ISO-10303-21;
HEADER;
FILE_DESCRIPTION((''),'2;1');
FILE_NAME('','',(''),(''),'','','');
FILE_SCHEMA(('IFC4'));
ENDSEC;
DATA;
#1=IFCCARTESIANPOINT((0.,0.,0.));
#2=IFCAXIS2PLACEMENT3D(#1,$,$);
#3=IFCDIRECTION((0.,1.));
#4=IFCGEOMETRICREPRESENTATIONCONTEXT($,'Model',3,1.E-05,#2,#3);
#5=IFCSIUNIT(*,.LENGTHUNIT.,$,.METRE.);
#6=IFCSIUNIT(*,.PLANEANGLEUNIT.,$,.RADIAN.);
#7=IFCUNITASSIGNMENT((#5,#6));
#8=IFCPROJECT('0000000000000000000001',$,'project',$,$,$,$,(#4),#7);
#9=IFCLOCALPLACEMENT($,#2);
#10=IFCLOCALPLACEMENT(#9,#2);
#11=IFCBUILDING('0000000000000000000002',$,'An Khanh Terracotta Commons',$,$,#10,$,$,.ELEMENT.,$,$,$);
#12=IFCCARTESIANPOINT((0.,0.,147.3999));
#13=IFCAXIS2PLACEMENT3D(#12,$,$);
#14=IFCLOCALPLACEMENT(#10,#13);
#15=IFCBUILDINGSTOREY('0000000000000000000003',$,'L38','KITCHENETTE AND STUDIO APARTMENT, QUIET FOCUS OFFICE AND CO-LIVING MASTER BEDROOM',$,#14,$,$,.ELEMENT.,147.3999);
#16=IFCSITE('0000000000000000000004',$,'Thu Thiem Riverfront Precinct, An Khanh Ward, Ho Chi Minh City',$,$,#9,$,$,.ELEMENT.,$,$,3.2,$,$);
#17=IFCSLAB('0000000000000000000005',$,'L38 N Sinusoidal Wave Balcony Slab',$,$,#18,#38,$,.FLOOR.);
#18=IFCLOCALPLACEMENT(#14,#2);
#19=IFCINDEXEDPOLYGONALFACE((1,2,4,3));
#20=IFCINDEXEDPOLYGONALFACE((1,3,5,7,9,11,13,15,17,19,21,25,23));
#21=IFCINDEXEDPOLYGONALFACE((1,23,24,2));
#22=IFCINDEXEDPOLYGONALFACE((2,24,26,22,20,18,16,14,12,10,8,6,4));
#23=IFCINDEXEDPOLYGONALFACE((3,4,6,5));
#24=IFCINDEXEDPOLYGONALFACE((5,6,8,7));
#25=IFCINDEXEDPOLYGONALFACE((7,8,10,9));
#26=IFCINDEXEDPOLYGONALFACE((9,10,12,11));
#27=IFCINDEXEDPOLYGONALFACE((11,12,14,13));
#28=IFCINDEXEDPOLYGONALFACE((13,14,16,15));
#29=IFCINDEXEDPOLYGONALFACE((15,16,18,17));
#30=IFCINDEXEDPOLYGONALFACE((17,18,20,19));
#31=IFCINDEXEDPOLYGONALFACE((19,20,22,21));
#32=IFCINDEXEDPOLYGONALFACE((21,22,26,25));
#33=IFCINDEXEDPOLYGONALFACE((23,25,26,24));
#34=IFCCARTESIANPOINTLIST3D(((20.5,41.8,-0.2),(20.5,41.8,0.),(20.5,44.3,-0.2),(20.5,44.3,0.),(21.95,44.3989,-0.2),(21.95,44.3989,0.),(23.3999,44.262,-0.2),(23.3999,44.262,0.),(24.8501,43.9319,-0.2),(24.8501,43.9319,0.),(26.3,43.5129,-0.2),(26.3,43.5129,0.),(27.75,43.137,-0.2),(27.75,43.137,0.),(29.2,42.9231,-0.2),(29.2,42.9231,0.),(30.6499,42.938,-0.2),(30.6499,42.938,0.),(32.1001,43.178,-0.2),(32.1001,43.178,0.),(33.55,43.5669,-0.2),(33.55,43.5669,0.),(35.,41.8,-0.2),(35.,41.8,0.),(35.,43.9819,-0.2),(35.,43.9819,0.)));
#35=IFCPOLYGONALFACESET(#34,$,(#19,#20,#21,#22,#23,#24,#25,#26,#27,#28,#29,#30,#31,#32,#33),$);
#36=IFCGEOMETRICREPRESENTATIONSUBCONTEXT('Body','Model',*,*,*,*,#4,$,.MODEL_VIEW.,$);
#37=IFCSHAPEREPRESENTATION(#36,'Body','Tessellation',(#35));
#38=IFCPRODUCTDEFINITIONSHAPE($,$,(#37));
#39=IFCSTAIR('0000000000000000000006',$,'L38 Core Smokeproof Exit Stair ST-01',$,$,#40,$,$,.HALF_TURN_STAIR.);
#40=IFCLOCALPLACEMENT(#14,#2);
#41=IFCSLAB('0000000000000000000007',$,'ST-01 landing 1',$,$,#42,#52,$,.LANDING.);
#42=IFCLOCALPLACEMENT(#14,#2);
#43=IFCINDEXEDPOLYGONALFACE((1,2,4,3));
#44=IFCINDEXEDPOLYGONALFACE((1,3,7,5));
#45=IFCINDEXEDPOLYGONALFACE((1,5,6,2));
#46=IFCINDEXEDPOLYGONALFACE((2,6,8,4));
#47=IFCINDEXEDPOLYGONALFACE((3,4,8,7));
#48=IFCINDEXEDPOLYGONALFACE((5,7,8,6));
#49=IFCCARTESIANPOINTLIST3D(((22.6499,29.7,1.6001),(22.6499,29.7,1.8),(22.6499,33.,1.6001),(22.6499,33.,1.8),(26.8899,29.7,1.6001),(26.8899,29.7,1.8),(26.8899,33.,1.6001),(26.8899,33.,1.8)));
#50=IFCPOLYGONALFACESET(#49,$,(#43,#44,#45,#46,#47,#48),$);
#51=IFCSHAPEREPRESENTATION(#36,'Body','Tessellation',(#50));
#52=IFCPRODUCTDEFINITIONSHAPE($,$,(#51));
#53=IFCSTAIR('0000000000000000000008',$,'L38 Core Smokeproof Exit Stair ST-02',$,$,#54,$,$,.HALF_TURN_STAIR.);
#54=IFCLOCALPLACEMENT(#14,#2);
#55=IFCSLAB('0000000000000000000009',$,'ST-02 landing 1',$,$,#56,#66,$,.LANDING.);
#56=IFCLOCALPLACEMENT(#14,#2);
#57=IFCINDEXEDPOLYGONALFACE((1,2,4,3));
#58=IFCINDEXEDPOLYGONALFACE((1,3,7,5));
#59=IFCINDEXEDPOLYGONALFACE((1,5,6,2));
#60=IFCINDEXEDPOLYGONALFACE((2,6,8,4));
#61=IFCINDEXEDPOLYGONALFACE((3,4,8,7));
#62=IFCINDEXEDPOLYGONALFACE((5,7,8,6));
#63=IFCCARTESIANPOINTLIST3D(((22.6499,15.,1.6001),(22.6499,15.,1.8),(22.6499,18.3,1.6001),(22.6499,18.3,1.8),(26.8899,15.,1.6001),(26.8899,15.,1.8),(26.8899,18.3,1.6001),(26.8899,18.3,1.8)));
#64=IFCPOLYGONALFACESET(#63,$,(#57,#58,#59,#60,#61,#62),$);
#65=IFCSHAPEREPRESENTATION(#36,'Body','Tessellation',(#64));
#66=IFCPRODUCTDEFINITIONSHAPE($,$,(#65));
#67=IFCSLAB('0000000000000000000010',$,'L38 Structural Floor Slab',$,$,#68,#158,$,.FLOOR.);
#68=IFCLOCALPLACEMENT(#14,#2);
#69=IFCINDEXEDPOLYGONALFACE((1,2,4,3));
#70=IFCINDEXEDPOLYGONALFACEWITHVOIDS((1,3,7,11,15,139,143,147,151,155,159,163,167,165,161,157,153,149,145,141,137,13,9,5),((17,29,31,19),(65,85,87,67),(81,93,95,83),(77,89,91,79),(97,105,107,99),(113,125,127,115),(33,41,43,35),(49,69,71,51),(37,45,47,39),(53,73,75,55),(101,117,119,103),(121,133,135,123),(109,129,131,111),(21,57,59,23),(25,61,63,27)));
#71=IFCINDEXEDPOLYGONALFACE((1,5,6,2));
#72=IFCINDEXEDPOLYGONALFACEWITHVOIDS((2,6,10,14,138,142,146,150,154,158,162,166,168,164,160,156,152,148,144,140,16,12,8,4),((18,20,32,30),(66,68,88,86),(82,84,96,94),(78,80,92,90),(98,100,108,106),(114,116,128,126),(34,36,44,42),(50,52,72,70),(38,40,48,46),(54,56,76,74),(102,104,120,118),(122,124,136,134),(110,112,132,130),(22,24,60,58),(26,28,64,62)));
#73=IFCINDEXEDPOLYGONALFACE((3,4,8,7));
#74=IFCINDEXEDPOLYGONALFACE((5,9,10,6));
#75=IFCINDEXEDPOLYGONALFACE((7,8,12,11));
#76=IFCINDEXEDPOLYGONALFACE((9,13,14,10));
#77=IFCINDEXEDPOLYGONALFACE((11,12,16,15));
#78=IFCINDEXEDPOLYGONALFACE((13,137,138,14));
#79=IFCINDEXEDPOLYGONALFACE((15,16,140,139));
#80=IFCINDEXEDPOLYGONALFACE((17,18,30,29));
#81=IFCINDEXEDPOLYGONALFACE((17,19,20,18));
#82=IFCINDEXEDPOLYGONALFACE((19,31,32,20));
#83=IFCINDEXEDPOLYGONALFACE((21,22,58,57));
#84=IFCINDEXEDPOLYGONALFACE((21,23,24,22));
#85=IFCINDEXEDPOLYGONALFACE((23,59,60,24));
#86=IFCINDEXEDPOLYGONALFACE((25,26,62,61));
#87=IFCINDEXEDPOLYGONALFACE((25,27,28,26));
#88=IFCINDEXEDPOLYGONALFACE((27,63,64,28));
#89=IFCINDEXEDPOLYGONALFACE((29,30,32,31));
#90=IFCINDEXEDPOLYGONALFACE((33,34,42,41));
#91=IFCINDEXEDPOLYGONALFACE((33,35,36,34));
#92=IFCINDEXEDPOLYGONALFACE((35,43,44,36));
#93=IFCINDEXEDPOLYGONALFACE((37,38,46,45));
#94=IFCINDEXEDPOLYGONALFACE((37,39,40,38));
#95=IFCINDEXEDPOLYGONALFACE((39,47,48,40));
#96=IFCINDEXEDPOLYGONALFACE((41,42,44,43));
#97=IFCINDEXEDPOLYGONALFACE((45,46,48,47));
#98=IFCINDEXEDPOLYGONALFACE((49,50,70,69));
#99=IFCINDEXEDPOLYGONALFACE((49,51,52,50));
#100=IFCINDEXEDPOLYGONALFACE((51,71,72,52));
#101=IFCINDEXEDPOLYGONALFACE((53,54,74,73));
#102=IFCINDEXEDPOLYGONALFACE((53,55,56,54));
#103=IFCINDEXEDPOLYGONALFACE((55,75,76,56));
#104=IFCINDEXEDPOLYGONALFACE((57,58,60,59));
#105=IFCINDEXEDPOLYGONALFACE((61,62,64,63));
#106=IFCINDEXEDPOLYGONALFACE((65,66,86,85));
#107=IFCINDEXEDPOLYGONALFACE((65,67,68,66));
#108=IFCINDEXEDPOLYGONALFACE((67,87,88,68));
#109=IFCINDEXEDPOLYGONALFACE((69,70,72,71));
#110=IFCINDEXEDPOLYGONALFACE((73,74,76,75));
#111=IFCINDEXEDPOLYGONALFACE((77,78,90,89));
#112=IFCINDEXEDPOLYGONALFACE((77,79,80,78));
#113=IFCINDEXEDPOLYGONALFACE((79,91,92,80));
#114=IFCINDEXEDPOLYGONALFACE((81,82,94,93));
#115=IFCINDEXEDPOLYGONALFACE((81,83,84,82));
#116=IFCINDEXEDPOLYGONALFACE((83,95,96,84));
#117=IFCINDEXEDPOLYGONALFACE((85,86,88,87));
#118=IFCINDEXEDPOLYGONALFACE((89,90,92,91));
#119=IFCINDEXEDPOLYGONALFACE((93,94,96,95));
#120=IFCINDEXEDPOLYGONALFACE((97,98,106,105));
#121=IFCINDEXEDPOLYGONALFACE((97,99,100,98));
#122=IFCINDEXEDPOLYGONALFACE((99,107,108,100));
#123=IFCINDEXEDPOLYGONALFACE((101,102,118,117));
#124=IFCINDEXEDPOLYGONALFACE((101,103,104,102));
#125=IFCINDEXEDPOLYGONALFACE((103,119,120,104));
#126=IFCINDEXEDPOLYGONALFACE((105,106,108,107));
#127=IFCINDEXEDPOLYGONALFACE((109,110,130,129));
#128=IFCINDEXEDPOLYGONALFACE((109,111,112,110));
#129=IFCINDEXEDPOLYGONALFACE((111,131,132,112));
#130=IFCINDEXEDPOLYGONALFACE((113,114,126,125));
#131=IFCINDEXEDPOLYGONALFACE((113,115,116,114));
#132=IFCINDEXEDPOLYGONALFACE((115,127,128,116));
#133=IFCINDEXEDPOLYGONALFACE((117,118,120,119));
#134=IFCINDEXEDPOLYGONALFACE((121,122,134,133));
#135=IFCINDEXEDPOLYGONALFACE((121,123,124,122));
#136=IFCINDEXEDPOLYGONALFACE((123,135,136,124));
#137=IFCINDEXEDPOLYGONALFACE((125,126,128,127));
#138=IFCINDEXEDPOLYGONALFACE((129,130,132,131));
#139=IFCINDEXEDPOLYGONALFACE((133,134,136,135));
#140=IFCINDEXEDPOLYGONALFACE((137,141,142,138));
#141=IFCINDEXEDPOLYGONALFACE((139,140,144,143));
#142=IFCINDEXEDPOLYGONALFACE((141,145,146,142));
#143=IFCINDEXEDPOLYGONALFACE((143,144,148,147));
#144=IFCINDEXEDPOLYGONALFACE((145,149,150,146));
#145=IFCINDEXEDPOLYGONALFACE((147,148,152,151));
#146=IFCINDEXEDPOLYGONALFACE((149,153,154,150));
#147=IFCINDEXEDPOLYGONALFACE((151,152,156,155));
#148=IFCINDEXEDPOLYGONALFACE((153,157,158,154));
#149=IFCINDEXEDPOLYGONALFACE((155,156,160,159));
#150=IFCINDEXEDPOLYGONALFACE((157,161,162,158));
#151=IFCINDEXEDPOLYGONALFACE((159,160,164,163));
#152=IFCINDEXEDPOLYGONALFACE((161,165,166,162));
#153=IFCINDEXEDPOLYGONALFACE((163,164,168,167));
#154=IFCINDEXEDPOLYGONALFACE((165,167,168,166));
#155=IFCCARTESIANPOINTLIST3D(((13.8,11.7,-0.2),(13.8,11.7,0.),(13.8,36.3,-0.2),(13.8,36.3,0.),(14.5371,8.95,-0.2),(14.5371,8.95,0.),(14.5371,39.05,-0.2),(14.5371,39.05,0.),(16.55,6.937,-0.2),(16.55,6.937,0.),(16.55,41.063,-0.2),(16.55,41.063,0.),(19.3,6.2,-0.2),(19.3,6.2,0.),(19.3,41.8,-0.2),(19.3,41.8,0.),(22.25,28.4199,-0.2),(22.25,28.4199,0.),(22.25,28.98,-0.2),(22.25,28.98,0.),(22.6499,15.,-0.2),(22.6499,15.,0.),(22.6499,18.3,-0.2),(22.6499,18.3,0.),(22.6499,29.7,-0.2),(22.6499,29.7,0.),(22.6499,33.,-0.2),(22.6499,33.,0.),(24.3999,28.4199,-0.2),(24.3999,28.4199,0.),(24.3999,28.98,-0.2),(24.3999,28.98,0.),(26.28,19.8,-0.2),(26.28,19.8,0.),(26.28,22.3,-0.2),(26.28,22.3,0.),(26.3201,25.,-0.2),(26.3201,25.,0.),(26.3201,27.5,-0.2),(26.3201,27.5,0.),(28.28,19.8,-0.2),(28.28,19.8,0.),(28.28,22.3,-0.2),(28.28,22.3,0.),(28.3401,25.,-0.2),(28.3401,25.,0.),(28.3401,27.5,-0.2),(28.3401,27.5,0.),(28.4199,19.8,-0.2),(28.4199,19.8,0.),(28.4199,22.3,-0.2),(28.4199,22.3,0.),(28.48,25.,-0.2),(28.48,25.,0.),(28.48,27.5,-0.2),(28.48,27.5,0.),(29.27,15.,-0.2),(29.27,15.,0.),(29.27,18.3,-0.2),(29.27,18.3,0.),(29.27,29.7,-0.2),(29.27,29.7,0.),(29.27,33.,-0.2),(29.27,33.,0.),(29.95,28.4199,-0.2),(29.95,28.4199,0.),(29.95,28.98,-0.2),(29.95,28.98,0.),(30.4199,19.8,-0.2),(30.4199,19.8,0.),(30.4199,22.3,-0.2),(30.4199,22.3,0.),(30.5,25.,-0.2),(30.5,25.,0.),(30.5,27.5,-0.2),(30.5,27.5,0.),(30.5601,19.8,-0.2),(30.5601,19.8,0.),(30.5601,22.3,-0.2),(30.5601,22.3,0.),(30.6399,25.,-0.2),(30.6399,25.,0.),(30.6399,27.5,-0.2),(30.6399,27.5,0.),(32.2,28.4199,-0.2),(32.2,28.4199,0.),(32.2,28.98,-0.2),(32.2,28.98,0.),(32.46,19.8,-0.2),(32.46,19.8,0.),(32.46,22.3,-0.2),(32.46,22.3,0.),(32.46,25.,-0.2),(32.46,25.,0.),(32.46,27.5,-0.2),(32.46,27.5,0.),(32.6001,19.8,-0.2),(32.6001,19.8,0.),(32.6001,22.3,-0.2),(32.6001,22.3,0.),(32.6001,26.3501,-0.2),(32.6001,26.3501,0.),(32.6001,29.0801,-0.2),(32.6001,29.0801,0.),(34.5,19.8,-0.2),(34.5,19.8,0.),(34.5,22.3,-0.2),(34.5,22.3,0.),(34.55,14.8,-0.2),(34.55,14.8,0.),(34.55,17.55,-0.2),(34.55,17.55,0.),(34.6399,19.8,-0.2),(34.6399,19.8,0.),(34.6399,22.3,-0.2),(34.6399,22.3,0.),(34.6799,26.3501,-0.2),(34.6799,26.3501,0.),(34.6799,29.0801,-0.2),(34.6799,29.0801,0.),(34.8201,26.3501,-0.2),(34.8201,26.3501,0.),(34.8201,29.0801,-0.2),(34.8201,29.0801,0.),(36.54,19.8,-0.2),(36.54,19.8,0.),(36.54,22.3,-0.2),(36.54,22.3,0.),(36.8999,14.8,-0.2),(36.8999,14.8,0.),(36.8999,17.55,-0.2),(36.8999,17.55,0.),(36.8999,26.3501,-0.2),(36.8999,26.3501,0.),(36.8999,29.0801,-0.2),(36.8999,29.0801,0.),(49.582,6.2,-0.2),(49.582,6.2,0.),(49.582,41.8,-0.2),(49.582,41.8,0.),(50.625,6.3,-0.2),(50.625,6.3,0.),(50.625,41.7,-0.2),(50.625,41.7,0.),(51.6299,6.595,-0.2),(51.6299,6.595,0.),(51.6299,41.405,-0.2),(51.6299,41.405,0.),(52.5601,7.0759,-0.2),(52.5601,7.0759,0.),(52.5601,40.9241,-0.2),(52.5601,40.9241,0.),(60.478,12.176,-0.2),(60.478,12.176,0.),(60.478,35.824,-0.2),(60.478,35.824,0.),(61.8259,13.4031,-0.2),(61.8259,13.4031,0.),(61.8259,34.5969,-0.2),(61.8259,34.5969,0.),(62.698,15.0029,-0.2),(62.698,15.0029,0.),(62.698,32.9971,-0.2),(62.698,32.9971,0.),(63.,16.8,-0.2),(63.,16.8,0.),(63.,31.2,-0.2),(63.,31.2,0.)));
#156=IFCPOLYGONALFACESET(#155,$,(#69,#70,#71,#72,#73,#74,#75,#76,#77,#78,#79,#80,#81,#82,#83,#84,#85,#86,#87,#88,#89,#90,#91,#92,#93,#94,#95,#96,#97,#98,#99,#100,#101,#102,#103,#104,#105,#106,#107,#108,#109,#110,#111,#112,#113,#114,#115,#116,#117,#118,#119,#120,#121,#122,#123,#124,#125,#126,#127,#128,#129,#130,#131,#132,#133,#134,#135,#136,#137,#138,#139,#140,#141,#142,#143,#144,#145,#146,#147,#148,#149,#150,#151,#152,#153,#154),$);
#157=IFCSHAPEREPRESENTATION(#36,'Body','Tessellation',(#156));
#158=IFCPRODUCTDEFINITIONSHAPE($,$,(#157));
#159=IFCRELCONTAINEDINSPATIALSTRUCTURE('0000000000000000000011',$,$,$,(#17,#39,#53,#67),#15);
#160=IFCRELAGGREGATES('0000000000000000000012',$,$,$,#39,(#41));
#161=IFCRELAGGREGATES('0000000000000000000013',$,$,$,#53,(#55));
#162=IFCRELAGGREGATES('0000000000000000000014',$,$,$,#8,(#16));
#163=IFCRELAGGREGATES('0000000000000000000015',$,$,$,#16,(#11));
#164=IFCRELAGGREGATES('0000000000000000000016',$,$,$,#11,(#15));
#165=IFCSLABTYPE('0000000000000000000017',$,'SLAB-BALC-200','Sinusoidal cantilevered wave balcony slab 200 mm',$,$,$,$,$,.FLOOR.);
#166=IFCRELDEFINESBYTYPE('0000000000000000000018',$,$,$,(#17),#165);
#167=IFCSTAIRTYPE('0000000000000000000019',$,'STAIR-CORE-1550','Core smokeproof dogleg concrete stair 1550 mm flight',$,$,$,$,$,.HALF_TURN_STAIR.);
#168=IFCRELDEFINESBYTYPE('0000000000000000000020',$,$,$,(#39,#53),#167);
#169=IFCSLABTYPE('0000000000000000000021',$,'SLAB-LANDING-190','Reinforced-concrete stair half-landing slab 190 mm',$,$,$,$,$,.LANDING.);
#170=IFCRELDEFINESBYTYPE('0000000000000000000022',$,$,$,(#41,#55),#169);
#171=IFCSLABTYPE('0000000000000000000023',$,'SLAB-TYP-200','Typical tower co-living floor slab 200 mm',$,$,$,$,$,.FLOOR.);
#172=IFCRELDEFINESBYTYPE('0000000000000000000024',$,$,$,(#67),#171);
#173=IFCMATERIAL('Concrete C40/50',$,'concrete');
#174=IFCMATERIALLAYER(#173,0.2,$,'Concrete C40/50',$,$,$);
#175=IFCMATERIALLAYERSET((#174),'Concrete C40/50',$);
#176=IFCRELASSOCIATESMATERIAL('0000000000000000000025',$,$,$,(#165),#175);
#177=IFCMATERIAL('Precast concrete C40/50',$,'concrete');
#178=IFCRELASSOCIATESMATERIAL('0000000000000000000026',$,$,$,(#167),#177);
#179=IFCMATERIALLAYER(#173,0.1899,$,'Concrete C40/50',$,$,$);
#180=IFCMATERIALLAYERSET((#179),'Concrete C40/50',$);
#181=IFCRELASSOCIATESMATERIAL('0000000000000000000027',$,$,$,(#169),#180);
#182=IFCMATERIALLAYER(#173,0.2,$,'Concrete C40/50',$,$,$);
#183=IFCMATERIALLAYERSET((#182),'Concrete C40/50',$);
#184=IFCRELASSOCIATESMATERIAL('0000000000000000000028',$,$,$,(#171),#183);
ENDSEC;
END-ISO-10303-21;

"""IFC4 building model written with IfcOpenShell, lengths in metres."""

from ifc_helpers import new_model, si_unit, direction, frame, origin, place, context, subcontext, project, spatial, polyline, outline, extrude, material, layer, layer_set, type_object, element, aggregate, save


model = new_model("IFC4")

# Units and contexts
model_context = context("Model", 3, precision=1e-05, world=origin(), true_north=direction((0.0, 1.0)))
body_context = subcontext(model_context, "Body", "Model", "MODEL_VIEW")
ifc_project = project(units=[si_unit("LENGTHUNIT", "METRE"), si_unit("PLANEANGLEUNIT", "RADIAN")], contexts=[model_context])

# Site, building, storey
site_placement = place(None, origin())
site = spatial("IfcSite", under=ifc_project, at=site_placement, Name="Thu Thiem Riverfront Precinct, An Khanh Ward, Ho Chi Minh City", CompositionType="ELEMENT", RefElevation=3.2)
building_placement = place(site_placement, origin())
building = spatial("IfcBuilding", under=site, at=building_placement, Name="An Khanh Terracotta Commons", CompositionType="ELEMENT")
storey_placement = place(building_placement, frame((0.0, 0.0, 147.3999)))
storey = spatial("IfcBuildingStorey", under=building, at=storey_placement, Name="L38", Description="KITCHENETTE AND STUDIO APARTMENT, QUIET FOCUS OFFICE AND CO-LIVING MASTER BEDROOM", CompositionType="ELEMENT", Elevation=147.3999)

# Slab
ifc_material_1 = material(Name="Concrete C40/50", Category="concrete")
ifc_layer_1 = layer(ifc_material_1, 0.2, Name="Concrete C40/50")
ifc_layer_set_1 = layer_set([ifc_layer_1], Name="Concrete C40/50")
slab_type_1 = type_object("IfcSlabType", Name="SLAB-BALC-200", Description="Sinusoidal cantilevered wave balcony slab 200 mm", PredefinedType="FLOOR", material=ifc_layer_set_1)
slab_1_placement = place(storey_placement, frame((0.0, 0.0, -0.2)))
element("IfcSlab", 1, at=slab_1_placement, inside=storey, type_object=slab_type_1, Name="L38 N Sinusoidal Wave Balcony Slab", PredefinedType="FLOOR", context=body_context, shape_type="SweptSolid", body=[
    extrude(outline(polyline([(35.0, 41.8), (35.0, 43.9819), (33.55, 43.5669), (32.1001, 43.178), (30.6499, 42.938), (29.2, 42.9231), (27.75, 43.137), (26.3, 43.5129), (24.8501, 43.9319), (23.3999, 44.262), (21.95, 44.3989), (20.5, 44.3), (20.5, 41.8), (35.0, 41.8)])), origin(), (0.0, 0.0, 1.0), 0.2),
])

# Stairs, slabs
ifc_material_2 = material(Name="Precast concrete C40/50", Category="concrete")
stair_type = type_object("IfcStairType", Name="STAIR-CORE-1550", Description="Core smokeproof dogleg concrete stair 1550 mm flight", PredefinedType="HALF_TURN_STAIR", material=ifc_material_2)
stair_1_placement = place(storey_placement, origin())
stair_1 = element("IfcStair", 2, at=stair_1_placement, inside=storey, type_object=stair_type, Name="L38 Core Smokeproof Exit Stair ST-01", PredefinedType="HALF_TURN_STAIR")
ifc_layer_2 = layer(ifc_material_1, 0.1899, Name="Concrete C40/50")
ifc_layer_set_2 = layer_set([ifc_layer_2], Name="Concrete C40/50")
slab_type_2 = type_object("IfcSlabType", Name="SLAB-LANDING-190", Description="Reinforced-concrete stair half-landing slab 190 mm", PredefinedType="LANDING", material=ifc_layer_set_2)
slab_2_placement = place(storey_placement, frame((0.0, 0.0, 1.6001)))
slab_2 = element("IfcSlab", 3, at=slab_2_placement, type_object=slab_type_2, Name="ST-01 landing 1", PredefinedType="LANDING", context=body_context, shape_type="SweptSolid", body=[
    extrude(outline(polyline([(26.8899, 33.0), (22.6499, 33.0), (22.6499, 29.7), (26.8899, 29.7), (26.8899, 33.0)])), origin(), (0.0, 0.0, 1.0), 0.2),
])
aggregate(stair_1, [slab_2])
stair_2_placement = place(storey_placement, origin())
stair_2 = element("IfcStair", 4, at=stair_2_placement, inside=storey, type_object=stair_type, Name="L38 Core Smokeproof Exit Stair ST-02", PredefinedType="HALF_TURN_STAIR")
slab_3_placement = place(storey_placement, frame((0.0, 0.0, 1.6001)))
slab_3 = element("IfcSlab", 5, at=slab_3_placement, type_object=slab_type_2, Name="ST-02 landing 1", PredefinedType="LANDING", context=body_context, shape_type="SweptSolid", body=[
    extrude(outline(polyline([(26.8899, 18.3), (22.6499, 18.3), (22.6499, 15.0), (26.8899, 15.0), (26.8899, 18.3)])), origin(), (0.0, 0.0, 1.0), 0.2),
])
aggregate(stair_2, [slab_3])

# Slab
ifc_layer_3 = layer(ifc_material_1, 0.2, Name="Concrete C40/50")
ifc_layer_set_3 = layer_set([ifc_layer_3], Name="Concrete C40/50")
slab_type_3 = type_object("IfcSlabType", Name="SLAB-TYP-200", Description="Typical tower co-living floor slab 200 mm", PredefinedType="FLOOR", material=ifc_layer_set_3)
slab_4_placement = place(storey_placement, frame((0.0, 0.0, -0.2)))
element("IfcSlab", 6, at=slab_4_placement, inside=storey, type_object=slab_type_3, Name="L38 Structural Floor Slab", PredefinedType="FLOOR", context=body_context, shape_type="SweptSolid", body=[
    extrude(outline(polyline([(13.8, 11.7), (14.5371, 8.95), (16.55, 6.937), (19.3, 6.2), (49.582, 6.2), (50.625, 6.3), (51.6299, 6.595), (52.5601, 7.0759), (60.478, 12.176), (61.8259, 13.4031), (62.698, 15.0029), (63.0, 16.8), (63.0, 31.2), (62.698, 32.9971), (61.8259, 34.5969), (60.478, 35.824), (52.5601, 40.9241), (51.6299, 41.405), (50.625, 41.7), (49.582, 41.8), (19.3, 41.8), (16.55, 41.063), (14.5371, 39.05), (13.8, 36.3), (13.8, 11.7)]), holes=[polyline([(22.6499, 29.7), (29.27, 29.7), (29.27, 33.0), (22.6499, 33.0), (22.6499, 29.7)]), polyline([(22.6499, 15.0), (29.27, 15.0), (29.27, 18.3), (22.6499, 18.3), (22.6499, 15.0)]), polyline([(32.6001, 26.3501), (34.6799, 26.3501), (34.6799, 29.0801), (32.6001, 29.0801), (32.6001, 26.3501)]), polyline([(34.8201, 26.3501), (36.8999, 26.3501), (36.8999, 29.0801), (34.8201, 29.0801), (34.8201, 26.3501)]), polyline([(34.55, 14.8), (36.8999, 14.8), (36.8999, 17.55), (34.55, 17.55), (34.55, 14.8)]), polyline([(26.3201, 25.0), (28.3401, 25.0), (28.3401, 27.5), (26.3201, 27.5), (26.3201, 25.0)]), polyline([(28.48, 25.0), (30.5, 25.0), (30.5, 27.5), (28.48, 27.5), (28.48, 25.0)]), polyline([(26.28, 19.8), (28.28, 19.8), (28.28, 22.3), (26.28, 22.3), (26.28, 19.8)]), polyline([(28.4199, 19.8), (30.4199, 19.8), (30.4199, 22.3), (28.4199, 22.3), (28.4199, 19.8)]), polyline([(30.6399, 25.0), (32.46, 25.0), (32.46, 27.5), (30.6399, 27.5), (30.6399, 25.0)]), polyline([(30.5601, 19.8), (32.46, 19.8), (32.46, 22.3), (30.5601, 22.3), (30.5601, 19.8)]), polyline([(32.6001, 19.8), (34.5, 19.8), (34.5, 22.3), (32.6001, 22.3), (32.6001, 19.8)]), polyline([(34.6399, 19.8), (36.54, 19.8), (36.54, 22.3), (34.6399, 22.3), (34.6399, 19.8)]), polyline([(22.25, 28.4199), (24.3999, 28.4199), (24.3999, 28.98), (22.25, 28.98), (22.25, 28.4199)]), polyline([(29.95, 28.4199), (32.2, 28.4199), (32.2, 28.98), (29.95, 28.98), (29.95, 28.4199)])]), origin(), (0.0, 0.0, 1.0), 0.2),
])

save(model, "model.ifc")
